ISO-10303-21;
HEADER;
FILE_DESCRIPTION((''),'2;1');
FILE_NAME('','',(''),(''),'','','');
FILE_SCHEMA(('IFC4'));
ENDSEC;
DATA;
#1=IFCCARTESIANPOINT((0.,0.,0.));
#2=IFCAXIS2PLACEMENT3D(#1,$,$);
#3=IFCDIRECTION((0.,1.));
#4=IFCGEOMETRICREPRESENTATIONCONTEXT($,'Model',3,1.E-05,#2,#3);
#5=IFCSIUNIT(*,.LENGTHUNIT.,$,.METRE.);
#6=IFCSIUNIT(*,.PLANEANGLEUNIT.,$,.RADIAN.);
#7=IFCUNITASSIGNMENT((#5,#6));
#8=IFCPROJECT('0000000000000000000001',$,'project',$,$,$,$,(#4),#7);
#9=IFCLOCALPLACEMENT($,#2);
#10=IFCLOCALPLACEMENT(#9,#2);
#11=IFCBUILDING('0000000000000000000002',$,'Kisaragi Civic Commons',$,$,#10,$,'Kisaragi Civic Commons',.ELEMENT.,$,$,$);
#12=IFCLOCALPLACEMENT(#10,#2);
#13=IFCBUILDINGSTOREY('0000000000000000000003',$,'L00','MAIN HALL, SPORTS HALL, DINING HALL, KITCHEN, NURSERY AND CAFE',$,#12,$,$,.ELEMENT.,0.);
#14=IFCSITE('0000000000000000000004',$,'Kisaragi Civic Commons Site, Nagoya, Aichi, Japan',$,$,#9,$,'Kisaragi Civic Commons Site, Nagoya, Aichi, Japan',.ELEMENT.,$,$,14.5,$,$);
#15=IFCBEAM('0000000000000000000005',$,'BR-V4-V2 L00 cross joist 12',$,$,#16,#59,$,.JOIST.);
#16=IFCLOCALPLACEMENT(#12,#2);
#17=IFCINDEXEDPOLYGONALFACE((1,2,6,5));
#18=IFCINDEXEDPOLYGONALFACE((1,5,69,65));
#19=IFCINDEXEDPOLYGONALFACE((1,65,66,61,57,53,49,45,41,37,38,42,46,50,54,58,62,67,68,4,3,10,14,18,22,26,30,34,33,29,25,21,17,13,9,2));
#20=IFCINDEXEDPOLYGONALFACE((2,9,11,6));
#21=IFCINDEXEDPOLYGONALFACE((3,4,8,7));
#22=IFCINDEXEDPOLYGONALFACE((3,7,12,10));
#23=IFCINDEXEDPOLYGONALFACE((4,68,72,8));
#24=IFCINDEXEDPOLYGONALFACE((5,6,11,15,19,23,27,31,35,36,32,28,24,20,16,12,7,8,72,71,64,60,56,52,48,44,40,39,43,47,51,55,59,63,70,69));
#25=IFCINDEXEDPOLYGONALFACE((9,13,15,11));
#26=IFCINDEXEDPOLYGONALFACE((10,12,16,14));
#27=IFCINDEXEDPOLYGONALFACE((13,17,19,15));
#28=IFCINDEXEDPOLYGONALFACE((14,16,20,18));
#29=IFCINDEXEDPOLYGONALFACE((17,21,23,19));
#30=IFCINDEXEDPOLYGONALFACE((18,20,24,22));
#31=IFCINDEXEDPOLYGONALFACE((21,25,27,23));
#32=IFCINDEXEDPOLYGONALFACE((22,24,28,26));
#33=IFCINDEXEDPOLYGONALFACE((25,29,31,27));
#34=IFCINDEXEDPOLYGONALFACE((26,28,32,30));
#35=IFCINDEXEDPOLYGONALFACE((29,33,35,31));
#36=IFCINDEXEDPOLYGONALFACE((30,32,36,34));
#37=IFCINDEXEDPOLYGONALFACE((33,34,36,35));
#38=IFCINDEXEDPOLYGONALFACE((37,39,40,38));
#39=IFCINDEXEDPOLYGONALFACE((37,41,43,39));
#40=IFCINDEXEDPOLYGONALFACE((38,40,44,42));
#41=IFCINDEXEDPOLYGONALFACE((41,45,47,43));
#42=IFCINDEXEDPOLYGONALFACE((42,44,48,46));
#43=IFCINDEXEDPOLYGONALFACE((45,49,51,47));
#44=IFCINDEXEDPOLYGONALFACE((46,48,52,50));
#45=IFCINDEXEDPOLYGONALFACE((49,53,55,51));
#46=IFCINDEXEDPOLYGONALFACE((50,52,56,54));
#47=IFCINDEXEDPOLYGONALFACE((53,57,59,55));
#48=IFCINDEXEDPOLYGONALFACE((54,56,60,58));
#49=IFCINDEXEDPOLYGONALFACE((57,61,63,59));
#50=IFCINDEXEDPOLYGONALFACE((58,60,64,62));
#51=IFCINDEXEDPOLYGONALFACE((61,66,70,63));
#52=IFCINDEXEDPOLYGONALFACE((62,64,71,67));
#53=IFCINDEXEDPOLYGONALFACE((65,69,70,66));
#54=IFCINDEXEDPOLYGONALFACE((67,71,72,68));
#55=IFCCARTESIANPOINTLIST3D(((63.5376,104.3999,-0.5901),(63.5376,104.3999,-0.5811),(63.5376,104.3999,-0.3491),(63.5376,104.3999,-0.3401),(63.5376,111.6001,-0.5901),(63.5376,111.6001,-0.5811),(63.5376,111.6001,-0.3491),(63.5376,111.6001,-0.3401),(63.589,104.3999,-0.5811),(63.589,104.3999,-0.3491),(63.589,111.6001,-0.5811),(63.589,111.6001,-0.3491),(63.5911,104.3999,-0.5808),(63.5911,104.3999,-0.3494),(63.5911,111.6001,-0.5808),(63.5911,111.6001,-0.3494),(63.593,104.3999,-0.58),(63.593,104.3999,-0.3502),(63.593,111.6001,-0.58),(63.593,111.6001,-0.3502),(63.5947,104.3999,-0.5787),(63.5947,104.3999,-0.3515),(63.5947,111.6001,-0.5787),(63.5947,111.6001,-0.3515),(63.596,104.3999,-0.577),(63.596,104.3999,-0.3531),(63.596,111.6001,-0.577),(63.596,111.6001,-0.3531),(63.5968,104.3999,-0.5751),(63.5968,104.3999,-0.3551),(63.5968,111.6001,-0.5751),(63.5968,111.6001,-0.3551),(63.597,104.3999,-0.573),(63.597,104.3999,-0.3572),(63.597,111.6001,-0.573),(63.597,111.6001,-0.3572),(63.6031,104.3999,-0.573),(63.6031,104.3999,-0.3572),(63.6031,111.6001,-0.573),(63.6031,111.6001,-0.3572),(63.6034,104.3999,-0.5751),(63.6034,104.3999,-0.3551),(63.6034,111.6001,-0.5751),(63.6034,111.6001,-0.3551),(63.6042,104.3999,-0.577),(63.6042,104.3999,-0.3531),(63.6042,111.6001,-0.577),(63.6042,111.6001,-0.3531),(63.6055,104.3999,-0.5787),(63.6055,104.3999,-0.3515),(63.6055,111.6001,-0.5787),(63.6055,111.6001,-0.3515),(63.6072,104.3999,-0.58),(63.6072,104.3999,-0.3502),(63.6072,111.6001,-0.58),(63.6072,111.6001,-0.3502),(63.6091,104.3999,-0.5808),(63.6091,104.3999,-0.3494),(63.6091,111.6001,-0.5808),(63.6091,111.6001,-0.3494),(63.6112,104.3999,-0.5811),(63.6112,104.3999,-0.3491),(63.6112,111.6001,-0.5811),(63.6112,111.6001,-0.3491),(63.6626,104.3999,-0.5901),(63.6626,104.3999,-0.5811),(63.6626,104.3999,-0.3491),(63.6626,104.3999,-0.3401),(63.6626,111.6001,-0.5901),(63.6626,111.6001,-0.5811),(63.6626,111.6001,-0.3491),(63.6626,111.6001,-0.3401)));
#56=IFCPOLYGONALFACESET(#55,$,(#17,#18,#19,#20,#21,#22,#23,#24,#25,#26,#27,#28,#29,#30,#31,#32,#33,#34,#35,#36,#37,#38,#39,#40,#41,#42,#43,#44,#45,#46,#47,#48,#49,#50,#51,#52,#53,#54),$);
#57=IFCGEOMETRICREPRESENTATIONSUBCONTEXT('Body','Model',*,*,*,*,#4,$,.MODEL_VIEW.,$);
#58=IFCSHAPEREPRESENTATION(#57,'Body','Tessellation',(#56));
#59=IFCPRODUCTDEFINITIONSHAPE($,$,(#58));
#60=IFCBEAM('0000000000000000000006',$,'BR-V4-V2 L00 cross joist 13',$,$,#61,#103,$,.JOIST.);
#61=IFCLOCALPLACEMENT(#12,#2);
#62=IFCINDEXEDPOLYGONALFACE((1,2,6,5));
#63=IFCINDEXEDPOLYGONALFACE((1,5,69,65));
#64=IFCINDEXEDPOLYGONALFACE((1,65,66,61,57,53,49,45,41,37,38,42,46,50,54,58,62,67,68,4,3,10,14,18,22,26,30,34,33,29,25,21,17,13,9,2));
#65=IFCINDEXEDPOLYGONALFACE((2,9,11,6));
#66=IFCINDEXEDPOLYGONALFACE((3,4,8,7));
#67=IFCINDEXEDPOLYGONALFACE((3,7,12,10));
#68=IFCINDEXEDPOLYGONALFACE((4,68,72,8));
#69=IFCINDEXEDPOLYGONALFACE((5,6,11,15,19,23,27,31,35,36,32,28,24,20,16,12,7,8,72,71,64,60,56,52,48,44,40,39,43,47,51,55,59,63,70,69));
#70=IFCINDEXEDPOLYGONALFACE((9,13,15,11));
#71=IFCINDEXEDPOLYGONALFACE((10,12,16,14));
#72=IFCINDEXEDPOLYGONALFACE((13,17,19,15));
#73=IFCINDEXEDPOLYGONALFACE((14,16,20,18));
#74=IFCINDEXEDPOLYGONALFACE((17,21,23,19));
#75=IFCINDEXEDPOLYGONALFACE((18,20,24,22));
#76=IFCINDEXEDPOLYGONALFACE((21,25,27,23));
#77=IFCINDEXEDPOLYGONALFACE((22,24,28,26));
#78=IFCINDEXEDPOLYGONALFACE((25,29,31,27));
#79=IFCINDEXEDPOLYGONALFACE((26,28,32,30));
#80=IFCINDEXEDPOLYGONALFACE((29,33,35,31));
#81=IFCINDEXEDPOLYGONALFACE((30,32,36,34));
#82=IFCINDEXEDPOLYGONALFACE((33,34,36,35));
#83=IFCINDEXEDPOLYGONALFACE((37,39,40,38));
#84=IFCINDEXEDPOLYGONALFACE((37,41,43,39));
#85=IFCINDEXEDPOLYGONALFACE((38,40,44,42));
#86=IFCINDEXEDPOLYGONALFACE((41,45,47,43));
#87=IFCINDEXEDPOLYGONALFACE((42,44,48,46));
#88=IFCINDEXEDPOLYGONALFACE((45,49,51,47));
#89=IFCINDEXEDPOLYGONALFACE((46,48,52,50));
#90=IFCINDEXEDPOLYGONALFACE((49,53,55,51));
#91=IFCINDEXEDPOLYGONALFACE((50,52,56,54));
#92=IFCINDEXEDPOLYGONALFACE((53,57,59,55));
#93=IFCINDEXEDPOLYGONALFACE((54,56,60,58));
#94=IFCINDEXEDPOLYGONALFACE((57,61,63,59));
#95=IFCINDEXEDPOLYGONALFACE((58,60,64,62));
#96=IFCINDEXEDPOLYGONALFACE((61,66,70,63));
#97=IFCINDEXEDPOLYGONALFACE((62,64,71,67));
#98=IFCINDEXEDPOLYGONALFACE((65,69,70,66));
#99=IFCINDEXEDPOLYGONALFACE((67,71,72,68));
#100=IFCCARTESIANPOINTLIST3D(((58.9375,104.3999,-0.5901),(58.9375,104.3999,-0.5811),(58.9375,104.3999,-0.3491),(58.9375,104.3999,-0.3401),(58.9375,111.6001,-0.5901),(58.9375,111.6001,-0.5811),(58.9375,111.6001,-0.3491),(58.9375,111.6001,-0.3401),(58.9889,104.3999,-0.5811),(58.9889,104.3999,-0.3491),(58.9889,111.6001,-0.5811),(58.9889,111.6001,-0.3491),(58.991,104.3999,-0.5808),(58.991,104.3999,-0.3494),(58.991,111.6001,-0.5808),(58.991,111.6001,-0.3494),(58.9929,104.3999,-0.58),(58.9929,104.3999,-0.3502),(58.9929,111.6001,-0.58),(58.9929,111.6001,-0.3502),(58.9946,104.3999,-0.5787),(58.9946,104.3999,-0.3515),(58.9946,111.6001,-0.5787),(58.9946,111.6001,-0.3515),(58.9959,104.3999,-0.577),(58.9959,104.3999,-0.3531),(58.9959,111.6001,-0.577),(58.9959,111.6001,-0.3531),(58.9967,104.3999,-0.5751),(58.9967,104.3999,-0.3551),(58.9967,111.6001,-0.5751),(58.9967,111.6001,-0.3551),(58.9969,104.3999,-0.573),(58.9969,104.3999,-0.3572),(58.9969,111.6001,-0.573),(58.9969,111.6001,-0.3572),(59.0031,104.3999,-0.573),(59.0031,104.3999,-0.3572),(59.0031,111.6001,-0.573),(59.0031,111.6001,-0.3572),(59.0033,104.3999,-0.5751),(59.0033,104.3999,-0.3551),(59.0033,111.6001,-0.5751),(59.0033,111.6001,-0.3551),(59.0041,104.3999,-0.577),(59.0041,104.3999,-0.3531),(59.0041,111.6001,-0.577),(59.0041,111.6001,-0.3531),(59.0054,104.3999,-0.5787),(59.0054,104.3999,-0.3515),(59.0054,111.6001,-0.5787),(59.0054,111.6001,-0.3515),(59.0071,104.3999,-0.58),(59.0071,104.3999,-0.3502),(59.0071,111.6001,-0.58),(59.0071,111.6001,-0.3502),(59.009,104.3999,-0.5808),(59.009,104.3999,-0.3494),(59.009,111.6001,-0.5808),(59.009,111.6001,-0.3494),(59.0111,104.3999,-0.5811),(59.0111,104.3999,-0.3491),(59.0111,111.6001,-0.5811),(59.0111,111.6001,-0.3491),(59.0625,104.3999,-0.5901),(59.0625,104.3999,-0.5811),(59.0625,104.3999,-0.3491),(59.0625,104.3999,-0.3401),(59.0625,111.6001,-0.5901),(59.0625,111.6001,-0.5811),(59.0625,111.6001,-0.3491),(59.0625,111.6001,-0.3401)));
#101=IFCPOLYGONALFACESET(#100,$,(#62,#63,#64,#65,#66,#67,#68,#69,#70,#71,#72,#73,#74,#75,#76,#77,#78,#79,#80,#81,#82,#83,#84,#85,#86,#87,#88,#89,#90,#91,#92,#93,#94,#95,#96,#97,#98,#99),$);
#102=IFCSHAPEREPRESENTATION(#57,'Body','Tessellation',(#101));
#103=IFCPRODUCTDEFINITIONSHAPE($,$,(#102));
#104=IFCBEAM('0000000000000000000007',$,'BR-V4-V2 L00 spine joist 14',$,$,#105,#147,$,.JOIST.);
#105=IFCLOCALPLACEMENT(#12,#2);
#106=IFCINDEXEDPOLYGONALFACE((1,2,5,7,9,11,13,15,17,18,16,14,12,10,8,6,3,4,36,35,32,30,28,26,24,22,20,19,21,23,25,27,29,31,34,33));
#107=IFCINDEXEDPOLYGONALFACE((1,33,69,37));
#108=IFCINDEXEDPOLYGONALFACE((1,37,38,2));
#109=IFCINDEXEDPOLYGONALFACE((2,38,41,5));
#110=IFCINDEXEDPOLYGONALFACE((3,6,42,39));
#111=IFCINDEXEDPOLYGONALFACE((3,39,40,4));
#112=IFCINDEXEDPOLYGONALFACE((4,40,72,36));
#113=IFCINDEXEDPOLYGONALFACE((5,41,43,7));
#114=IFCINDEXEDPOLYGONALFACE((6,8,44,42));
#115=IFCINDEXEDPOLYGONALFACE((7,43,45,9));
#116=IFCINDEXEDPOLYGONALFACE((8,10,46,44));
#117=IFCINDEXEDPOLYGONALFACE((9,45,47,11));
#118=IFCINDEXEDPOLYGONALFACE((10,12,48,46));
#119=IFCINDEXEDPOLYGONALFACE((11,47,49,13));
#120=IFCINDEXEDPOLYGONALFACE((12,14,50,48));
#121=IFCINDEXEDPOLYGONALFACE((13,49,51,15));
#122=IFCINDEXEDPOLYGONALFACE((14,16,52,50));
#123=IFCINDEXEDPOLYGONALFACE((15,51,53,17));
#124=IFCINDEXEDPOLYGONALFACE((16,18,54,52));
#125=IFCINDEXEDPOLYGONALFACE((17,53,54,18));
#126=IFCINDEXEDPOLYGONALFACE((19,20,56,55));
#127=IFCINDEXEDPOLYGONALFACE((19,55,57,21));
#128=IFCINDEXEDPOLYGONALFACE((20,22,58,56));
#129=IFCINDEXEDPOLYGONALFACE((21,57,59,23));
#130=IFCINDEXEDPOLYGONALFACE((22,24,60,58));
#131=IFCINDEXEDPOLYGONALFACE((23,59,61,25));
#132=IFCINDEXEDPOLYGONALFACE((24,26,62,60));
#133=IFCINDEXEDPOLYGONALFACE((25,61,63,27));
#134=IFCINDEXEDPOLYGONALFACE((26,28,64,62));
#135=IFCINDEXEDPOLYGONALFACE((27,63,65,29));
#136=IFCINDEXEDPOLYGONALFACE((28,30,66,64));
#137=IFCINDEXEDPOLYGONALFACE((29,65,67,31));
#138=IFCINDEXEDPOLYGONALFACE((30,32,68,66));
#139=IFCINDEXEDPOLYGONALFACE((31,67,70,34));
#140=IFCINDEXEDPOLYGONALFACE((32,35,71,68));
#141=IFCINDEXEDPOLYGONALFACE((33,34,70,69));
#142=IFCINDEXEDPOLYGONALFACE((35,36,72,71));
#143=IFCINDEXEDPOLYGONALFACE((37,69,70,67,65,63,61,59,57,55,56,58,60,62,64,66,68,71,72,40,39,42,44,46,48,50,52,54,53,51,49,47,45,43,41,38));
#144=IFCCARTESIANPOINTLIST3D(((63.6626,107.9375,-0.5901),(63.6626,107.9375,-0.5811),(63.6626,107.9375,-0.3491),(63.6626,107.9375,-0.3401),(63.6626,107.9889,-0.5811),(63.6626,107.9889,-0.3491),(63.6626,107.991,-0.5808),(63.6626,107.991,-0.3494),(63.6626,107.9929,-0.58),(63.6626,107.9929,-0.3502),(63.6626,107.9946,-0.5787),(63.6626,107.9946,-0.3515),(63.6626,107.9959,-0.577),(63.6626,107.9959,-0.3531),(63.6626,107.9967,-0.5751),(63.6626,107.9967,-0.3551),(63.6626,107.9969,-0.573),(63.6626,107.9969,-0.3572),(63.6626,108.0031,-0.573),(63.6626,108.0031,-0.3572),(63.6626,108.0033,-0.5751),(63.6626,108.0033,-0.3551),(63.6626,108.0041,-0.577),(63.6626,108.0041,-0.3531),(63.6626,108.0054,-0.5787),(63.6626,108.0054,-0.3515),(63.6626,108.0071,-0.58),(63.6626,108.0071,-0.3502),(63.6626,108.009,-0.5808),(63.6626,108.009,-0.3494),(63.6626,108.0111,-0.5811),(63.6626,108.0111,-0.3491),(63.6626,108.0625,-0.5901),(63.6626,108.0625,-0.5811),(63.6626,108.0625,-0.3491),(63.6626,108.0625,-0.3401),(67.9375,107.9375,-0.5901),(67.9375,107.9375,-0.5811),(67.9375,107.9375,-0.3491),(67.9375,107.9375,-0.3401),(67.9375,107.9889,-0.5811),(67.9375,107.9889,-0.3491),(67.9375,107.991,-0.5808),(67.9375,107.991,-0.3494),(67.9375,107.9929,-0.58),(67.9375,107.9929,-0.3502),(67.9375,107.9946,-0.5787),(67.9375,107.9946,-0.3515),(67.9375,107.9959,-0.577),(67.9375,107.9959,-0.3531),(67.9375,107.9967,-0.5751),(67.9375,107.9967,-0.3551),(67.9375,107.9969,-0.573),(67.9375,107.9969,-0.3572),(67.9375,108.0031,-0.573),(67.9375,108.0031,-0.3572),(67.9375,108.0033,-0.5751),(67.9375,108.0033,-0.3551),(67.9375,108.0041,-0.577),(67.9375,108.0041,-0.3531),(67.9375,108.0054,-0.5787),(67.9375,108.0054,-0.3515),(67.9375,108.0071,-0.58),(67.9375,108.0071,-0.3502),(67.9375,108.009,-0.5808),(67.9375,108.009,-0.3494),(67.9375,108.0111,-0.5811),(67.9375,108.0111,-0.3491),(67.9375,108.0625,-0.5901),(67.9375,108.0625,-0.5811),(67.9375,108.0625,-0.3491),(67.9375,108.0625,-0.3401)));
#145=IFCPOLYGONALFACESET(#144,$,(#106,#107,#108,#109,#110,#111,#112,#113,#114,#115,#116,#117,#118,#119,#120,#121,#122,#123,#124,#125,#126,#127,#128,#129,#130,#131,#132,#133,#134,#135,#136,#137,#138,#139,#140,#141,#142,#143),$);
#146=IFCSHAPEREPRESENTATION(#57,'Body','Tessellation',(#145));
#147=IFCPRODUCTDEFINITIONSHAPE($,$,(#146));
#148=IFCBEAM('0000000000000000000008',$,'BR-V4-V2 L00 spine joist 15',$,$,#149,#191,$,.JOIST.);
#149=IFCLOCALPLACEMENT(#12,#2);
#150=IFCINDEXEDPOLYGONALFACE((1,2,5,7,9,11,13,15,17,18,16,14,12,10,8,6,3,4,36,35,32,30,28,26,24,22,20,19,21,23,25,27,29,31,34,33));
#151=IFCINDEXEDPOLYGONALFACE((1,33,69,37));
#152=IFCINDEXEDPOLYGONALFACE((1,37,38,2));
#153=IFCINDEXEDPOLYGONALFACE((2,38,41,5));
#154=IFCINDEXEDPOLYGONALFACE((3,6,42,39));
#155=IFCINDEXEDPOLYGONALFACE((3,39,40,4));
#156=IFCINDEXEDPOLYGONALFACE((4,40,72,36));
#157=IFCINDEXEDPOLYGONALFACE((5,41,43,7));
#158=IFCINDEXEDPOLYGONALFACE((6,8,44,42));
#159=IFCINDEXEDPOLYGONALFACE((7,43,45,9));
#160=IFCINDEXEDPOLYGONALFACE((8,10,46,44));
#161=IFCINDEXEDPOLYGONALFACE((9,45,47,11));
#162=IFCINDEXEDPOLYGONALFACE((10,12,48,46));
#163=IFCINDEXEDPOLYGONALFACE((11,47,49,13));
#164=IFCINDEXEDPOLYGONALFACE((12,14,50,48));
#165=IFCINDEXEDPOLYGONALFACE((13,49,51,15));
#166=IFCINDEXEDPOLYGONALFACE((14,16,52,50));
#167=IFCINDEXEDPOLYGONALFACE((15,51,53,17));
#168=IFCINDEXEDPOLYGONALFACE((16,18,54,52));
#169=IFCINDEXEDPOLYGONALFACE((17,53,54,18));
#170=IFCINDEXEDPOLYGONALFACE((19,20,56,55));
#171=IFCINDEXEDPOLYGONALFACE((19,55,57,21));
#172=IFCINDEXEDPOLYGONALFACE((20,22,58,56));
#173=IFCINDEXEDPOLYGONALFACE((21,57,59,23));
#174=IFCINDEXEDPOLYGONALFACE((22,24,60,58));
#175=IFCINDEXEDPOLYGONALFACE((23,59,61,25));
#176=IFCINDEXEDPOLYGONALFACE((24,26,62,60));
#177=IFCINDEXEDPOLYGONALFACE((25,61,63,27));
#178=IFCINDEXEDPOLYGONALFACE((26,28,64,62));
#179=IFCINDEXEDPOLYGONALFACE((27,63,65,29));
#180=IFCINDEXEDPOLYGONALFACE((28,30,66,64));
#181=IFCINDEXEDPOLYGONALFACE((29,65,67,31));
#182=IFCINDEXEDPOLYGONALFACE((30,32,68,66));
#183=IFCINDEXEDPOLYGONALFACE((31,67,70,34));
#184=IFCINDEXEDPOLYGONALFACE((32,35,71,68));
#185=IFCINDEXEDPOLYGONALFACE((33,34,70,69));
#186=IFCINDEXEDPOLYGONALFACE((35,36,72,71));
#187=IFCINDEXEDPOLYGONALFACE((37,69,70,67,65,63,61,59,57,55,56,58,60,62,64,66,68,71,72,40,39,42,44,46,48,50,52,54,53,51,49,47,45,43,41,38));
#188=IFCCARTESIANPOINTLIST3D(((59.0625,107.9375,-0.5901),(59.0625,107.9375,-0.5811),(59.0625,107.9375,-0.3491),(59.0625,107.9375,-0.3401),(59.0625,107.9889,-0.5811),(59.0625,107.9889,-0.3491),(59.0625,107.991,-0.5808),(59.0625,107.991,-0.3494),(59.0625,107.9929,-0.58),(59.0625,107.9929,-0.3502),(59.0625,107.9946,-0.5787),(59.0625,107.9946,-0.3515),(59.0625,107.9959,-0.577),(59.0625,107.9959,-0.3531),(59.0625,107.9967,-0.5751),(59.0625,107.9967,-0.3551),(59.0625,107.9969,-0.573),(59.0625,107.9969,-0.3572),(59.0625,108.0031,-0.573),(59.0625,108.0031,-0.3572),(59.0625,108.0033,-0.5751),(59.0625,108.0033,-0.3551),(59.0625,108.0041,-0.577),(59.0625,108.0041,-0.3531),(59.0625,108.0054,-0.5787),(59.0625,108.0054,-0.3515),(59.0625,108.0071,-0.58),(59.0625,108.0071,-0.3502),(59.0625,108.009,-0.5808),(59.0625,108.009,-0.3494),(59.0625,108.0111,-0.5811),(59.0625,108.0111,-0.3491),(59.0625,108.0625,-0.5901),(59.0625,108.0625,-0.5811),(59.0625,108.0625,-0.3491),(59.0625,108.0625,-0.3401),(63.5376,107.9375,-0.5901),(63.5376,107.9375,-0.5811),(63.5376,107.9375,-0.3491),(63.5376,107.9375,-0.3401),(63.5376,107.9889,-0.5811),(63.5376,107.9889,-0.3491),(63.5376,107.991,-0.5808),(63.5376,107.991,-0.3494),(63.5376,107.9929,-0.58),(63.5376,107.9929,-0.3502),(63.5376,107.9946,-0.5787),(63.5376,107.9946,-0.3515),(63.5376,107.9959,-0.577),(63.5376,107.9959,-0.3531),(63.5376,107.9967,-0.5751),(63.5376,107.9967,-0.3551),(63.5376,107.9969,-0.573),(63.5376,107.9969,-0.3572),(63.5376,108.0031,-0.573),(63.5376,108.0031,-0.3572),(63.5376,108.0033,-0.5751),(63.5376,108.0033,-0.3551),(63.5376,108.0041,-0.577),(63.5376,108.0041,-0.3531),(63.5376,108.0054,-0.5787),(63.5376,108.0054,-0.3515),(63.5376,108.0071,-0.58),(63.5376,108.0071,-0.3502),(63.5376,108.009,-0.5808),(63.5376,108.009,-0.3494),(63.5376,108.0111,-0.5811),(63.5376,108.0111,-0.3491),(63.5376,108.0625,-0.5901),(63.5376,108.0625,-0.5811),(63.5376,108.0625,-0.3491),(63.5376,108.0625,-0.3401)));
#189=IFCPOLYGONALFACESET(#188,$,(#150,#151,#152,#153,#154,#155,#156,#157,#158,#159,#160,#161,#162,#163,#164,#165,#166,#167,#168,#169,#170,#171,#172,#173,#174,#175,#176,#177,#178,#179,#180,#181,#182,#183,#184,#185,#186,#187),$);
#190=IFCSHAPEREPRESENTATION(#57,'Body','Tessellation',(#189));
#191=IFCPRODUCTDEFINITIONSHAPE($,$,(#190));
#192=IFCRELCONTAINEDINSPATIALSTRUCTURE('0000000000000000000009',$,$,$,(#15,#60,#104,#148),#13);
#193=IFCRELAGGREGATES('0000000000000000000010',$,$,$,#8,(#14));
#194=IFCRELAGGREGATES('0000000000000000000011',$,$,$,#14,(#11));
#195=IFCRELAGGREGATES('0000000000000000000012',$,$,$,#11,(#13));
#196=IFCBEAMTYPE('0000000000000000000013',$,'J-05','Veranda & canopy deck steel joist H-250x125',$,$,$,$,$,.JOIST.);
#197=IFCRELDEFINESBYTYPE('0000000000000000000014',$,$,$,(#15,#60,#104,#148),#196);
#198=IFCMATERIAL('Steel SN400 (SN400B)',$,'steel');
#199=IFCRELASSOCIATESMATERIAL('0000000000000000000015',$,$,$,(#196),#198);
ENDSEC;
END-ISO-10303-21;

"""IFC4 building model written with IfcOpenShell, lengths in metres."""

from ifc_helpers import new_model, si_unit, direction, frame, origin, origin_2d, place, context, subcontext, project, spatial, i_section, extrude, material, material_profile, profile_set, type_object, element, save


model = new_model("IFC4")

# Units and contexts
model_context = context("Model", 3, precision=1e-05, world=origin(), true_north=direction((0.0, 1.0)))
body_context = subcontext(model_context, "Body", "Model", "MODEL_VIEW")
ifc_project = project(units=[si_unit("LENGTHUNIT", "METRE"), si_unit("PLANEANGLEUNIT", "RADIAN")], contexts=[model_context])

# Site, building, storey
site_placement = place(None, origin())
site = spatial("IfcSite", under=ifc_project, at=site_placement, Name="Kisaragi Civic Commons Site, Nagoya, Aichi, Japan", LongName="Kisaragi Civic Commons Site, Nagoya, Aichi, Japan", CompositionType="ELEMENT", RefElevation=14.5)
building_placement = place(site_placement, origin())
building = spatial("IfcBuilding", under=site, at=building_placement, Name="Kisaragi Civic Commons", LongName="Kisaragi Civic Commons", CompositionType="ELEMENT")
storey_placement = place(building_placement, origin())
storey = spatial("IfcBuildingStorey", under=building, at=storey_placement, Name="L00", Description="MAIN HALL, SPORTS HALL, DINING HALL, KITCHEN, NURSERY AND CAFE", CompositionType="ELEMENT", Elevation=0.0)

# Beams
ifc_material_1 = material(Name="Steel SN400 (SN400B)", Category="steel")
ifc_material_profile_1 = material_profile(ifc_material_1, i_section(OverallWidth=0.125, OverallDepth=0.25, WebThickness=0.0061, FlangeThickness=0.009, FilletRadius=0.0081, at=origin_2d()), Name="H-250x125x6x9", Category="steel")
ifc_profile_set_1 = profile_set([ifc_material_profile_1], Name="Steel SN400 (SN400B)")
beam_type_1 = type_object("IfcBeamType", Name="J-05", Description="Veranda & canopy deck steel joist H-250x125", PredefinedType="JOIST", material=ifc_profile_set_1)
for number, where, z_axis, x_axis, name in (
    (1, (63.6001, 104.3999, -0.4651), (0.0, 1.0, 0.0), (-1.0, 0.0, 0.0), "BR-V4-V2 L00 cross joist 12"),
    (2, (59.0, 104.3999, -0.4651), (0.0, 1.0, 0.0), (-1.0, 0.0, 0.0), "BR-V4-V2 L00 cross joist 13"),
):
    element("IfcBeam", number, at=place(storey_placement, frame(where, z_axis=z_axis, x_axis=x_axis)), inside=storey, type_object=beam_type_1, Name=name, PredefinedType="JOIST", context=body_context, shape_type="SweptSolid", body=[
        extrude(i_section(OverallWidth=0.125, OverallDepth=0.25, WebThickness=0.0061, FlangeThickness=0.009, FilletRadius=0.0081, at=origin_2d()), origin(), (0.0, 0.0, 1.0), 7.2002),
    ])
beam_1_placement = place(storey_placement, frame((67.9375, 108.0, -0.4651), z_axis=(-1.0, 0.0, 0.0), x_axis=(0.0, -1.0, 0.0)))
element("IfcBeam", 3, at=beam_1_placement, inside=storey, type_object=beam_type_1, Name="BR-V4-V2 L00 spine joist 14", PredefinedType="JOIST", context=body_context, shape_type="SweptSolid", body=[
    extrude(i_section(OverallWidth=0.125, OverallDepth=0.25, WebThickness=0.0061, FlangeThickness=0.009, FilletRadius=0.0081, at=origin_2d()), origin(), (0.0, 0.0, 1.0), 4.2749),
])
beam_2_placement = place(storey_placement, frame((63.5376, 108.0, -0.4651), z_axis=(-1.0, 0.0, 0.0), x_axis=(0.0, -1.0, 0.0)))
element("IfcBeam", 4, at=beam_2_placement, inside=storey, type_object=beam_type_1, Name="BR-V4-V2 L00 spine joist 15", PredefinedType="JOIST", context=body_context, shape_type="SweptSolid", body=[
    extrude(i_section(OverallWidth=0.125, OverallDepth=0.25, WebThickness=0.0061, FlangeThickness=0.009, FilletRadius=0.0081, at=origin_2d()), origin(), (0.0, 0.0, 1.0), 4.4751),
])

save(model, "model.ifc")
